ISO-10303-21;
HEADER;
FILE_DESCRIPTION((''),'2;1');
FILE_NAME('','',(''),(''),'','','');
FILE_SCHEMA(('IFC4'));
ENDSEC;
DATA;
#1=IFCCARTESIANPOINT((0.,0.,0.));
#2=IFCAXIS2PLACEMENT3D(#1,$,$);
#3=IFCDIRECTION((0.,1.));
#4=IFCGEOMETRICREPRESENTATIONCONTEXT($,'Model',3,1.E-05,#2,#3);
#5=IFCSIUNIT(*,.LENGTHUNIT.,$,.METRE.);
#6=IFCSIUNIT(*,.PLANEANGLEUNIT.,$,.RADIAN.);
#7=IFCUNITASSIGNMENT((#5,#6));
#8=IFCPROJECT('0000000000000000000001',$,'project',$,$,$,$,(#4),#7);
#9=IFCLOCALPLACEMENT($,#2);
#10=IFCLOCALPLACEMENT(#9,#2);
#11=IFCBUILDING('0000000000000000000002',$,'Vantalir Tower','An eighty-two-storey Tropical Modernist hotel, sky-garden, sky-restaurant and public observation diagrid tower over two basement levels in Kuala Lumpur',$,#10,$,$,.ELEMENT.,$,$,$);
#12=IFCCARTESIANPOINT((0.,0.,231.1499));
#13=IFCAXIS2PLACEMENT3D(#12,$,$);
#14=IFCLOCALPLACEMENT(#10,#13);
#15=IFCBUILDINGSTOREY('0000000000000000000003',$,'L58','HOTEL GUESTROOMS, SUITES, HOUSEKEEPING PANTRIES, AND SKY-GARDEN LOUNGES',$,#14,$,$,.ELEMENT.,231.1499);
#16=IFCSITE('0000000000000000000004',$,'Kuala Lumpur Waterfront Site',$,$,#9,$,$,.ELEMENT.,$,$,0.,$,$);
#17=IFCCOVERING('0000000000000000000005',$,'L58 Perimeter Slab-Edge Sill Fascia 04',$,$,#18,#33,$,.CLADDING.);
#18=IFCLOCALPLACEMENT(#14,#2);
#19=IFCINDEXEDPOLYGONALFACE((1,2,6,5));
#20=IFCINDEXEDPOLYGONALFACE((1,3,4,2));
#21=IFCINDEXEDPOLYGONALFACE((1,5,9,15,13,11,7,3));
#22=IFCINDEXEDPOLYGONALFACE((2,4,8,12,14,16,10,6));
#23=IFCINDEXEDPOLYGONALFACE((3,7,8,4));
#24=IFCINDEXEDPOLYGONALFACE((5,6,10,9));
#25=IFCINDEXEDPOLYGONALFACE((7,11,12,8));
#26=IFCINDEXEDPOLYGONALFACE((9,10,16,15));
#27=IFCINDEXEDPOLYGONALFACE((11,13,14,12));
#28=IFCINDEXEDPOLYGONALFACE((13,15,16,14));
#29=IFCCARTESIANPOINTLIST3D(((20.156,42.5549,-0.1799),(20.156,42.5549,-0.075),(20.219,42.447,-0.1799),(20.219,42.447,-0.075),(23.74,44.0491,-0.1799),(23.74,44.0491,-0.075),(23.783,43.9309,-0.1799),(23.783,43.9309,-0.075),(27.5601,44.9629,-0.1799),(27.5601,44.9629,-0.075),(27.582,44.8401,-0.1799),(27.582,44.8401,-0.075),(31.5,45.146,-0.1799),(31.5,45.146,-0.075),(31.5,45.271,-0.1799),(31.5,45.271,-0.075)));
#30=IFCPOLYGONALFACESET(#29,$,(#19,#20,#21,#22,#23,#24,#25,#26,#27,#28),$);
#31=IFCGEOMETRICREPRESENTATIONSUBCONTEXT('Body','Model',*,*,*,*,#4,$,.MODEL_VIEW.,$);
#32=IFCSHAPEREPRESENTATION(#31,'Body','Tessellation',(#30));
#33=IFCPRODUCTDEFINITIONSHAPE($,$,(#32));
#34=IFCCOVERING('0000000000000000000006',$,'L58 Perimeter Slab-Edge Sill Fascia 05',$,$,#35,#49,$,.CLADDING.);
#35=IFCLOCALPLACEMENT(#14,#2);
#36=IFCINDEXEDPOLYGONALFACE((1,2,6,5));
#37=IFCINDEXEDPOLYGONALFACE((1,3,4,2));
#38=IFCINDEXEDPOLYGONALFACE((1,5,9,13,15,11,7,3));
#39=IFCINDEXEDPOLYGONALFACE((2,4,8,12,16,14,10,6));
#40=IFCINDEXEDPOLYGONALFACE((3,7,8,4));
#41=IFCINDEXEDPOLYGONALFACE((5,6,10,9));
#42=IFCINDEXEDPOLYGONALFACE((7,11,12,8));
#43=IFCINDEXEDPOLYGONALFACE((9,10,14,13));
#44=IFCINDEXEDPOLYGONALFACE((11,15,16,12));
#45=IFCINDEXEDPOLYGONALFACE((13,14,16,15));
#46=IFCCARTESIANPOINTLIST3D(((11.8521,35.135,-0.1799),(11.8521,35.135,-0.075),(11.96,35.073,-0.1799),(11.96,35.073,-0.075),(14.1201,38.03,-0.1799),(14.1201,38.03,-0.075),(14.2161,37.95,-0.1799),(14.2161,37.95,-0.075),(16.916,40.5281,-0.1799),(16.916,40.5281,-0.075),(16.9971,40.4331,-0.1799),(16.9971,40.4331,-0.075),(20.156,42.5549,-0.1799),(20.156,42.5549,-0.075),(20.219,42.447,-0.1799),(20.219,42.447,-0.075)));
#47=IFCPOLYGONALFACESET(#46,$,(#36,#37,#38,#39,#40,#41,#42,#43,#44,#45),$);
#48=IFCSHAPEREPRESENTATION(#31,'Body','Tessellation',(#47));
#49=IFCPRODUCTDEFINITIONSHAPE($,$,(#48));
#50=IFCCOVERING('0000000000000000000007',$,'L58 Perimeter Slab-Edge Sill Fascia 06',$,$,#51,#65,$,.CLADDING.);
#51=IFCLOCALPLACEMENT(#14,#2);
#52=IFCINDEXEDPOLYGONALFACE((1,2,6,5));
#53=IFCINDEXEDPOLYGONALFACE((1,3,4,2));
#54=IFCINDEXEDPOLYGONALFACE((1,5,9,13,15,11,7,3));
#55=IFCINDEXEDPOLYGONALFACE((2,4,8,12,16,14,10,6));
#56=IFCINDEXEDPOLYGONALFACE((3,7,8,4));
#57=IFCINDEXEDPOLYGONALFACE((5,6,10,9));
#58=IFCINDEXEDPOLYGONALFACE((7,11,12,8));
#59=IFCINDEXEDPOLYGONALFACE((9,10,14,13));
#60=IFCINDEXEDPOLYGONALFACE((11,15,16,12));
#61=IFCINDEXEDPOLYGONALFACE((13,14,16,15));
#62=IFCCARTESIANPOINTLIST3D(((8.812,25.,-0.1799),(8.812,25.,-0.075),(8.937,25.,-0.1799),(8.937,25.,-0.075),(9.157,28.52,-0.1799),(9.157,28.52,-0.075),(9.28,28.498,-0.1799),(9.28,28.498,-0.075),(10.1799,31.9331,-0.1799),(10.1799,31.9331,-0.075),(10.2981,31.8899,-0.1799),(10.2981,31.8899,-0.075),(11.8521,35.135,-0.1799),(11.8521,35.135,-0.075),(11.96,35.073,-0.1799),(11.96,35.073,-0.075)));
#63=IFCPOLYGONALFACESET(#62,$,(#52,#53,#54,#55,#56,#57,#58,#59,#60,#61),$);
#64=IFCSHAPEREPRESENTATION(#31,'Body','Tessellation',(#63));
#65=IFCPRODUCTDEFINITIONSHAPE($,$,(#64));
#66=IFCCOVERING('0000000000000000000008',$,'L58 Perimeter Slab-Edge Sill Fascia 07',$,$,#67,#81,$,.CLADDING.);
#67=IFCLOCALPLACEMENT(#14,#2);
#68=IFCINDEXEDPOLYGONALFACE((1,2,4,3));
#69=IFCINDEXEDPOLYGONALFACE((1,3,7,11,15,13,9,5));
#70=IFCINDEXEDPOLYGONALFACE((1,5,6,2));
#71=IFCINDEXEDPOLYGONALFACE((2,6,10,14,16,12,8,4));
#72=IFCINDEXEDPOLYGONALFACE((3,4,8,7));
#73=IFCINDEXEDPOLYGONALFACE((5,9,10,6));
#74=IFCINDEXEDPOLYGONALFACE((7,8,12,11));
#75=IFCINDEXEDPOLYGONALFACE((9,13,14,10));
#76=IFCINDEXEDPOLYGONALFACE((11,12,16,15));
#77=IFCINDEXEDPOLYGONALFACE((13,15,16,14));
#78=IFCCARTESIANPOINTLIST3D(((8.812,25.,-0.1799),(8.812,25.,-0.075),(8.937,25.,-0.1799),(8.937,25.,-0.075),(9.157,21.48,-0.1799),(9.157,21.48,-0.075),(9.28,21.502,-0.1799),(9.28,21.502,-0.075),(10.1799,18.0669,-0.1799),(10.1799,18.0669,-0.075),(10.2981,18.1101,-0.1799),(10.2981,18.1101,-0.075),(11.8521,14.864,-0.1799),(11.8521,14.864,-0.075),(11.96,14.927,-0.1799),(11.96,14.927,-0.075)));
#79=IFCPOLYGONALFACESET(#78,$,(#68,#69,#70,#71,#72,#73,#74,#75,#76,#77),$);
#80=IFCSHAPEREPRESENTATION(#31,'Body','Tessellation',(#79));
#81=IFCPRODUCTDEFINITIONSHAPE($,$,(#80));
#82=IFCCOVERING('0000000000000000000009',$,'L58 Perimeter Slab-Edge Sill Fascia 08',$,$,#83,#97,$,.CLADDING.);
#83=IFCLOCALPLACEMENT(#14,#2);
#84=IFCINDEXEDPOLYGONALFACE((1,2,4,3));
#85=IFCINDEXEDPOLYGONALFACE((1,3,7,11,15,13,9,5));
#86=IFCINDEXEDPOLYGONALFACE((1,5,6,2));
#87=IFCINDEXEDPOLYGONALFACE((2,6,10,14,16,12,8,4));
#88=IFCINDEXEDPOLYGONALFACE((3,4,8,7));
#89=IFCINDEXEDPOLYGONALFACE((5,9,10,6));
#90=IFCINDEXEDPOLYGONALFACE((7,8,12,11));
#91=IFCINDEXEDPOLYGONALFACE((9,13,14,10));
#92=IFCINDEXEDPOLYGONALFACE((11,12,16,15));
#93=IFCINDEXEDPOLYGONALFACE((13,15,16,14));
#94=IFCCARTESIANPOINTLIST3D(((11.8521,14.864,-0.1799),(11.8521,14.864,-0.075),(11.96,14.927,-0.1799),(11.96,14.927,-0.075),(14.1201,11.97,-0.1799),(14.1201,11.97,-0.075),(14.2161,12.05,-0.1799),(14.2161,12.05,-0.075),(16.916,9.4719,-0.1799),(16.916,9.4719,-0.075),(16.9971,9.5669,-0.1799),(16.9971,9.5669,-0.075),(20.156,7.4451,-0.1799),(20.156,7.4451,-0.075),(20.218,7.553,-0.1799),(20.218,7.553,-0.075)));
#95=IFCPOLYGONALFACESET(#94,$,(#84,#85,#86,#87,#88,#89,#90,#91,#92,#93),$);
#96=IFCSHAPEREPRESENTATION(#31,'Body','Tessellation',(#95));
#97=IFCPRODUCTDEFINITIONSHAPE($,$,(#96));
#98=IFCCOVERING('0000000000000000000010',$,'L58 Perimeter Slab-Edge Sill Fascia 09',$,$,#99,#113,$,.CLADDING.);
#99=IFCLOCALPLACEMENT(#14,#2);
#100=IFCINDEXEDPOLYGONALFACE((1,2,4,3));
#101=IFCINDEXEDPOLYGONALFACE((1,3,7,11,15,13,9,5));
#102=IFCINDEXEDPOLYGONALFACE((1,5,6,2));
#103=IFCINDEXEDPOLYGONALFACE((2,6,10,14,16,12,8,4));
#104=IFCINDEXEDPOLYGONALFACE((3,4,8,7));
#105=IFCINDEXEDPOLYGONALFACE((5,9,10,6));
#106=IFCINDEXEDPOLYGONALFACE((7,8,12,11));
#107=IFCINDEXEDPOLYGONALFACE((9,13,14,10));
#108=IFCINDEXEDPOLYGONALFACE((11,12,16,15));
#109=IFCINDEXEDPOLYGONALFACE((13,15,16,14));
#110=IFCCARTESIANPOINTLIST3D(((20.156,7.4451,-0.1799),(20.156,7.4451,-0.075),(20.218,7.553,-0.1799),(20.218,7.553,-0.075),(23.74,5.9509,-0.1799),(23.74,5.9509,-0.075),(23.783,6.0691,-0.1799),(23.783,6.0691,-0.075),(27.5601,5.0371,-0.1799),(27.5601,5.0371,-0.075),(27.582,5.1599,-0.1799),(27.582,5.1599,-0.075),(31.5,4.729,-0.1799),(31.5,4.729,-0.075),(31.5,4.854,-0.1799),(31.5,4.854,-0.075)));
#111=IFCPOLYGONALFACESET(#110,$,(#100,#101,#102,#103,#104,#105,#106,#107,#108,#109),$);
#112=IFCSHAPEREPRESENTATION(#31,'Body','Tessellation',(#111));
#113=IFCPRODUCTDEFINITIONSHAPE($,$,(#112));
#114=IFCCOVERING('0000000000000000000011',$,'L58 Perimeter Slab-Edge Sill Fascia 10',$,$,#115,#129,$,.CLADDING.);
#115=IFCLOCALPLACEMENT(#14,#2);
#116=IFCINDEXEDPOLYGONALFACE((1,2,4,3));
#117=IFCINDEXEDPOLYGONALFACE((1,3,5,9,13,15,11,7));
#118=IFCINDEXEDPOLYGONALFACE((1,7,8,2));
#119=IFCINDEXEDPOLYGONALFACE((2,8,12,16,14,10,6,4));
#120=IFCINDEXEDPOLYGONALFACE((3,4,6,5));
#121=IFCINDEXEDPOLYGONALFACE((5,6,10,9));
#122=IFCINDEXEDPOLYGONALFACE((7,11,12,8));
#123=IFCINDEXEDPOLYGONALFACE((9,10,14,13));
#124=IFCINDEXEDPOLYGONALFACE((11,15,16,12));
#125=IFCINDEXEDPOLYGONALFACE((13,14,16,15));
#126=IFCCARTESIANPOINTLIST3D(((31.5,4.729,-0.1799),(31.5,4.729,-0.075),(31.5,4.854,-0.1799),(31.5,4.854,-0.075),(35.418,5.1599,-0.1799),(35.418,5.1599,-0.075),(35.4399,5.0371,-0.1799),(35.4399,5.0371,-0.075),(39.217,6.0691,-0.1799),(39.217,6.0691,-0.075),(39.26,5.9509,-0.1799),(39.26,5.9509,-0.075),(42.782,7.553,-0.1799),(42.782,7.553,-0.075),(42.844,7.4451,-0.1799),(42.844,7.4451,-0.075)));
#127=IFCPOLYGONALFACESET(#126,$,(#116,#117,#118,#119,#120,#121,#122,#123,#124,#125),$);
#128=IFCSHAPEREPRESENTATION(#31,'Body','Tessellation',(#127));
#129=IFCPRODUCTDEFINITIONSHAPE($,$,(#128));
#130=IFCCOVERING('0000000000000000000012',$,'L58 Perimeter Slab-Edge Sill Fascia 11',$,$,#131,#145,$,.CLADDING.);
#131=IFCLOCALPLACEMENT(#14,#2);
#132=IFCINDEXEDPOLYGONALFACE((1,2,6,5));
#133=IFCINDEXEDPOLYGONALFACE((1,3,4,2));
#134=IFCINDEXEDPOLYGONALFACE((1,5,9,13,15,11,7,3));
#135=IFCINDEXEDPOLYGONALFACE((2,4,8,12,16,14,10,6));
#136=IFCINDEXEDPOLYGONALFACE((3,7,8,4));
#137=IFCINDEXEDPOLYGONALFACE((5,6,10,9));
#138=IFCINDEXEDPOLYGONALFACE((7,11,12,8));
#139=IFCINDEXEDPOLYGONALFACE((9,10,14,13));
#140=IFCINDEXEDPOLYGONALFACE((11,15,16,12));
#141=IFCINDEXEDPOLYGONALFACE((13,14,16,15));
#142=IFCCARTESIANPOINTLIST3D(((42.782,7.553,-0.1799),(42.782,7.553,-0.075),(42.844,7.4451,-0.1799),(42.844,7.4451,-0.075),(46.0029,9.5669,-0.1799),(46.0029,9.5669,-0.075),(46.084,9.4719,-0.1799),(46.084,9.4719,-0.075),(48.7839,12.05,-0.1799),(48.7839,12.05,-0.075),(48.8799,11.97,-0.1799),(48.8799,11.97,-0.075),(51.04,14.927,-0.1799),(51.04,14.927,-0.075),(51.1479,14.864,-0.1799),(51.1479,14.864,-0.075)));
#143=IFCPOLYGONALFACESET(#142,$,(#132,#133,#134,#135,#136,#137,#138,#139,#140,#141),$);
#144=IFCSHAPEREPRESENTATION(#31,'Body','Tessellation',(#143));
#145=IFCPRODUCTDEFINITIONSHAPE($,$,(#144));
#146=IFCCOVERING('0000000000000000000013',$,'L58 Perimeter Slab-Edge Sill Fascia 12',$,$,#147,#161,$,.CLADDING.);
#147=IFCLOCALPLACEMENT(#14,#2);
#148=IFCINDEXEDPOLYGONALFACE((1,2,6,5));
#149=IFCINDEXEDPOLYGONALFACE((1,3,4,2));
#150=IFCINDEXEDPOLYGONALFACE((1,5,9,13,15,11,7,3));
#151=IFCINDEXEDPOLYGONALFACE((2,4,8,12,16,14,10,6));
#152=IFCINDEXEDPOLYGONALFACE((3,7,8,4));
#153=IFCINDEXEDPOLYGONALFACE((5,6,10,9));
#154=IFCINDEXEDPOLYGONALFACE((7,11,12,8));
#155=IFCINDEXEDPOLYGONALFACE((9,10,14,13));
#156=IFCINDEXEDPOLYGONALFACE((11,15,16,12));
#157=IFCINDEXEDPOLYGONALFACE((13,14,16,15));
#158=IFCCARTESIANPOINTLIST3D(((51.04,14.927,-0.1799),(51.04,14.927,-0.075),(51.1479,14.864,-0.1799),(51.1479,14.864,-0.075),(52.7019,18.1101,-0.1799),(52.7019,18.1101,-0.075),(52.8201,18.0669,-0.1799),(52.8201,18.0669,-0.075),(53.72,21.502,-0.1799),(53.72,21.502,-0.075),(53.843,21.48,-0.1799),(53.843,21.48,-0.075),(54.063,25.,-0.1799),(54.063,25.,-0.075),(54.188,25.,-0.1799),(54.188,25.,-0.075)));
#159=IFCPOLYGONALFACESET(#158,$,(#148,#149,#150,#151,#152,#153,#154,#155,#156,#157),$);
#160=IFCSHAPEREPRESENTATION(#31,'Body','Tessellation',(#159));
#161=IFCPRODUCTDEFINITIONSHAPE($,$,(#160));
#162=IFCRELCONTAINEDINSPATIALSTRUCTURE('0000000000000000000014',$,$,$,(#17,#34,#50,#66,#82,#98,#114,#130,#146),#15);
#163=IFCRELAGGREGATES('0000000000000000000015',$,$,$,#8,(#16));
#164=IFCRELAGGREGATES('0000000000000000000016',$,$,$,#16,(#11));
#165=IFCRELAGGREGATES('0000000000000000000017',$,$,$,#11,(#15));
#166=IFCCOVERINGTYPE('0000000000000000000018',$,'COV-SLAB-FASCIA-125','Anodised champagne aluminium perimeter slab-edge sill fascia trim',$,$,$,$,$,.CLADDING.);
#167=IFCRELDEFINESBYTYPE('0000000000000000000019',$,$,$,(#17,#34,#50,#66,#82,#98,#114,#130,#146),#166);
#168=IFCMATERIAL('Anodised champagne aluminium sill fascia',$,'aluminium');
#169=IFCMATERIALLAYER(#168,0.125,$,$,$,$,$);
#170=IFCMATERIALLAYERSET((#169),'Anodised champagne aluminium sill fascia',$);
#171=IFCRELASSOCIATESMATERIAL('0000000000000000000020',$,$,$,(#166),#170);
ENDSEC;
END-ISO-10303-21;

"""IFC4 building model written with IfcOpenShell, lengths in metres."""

from ifc_helpers import new_model, si_unit, direction, frame, origin, place, context, subcontext, project, spatial, polyline, outline, extrude, material, layer, layer_set, type_object, element, save


model = new_model("IFC4")

# Units and contexts
model_context = context("Model", 3, precision=1e-05, world=origin(), true_north=direction((0.0, 1.0)))
body_context = subcontext(model_context, "Body", "Model", "MODEL_VIEW")
ifc_project = project(units=[si_unit("LENGTHUNIT", "METRE"), si_unit("PLANEANGLEUNIT", "RADIAN")], contexts=[model_context])

# Site, building, storey
site_placement = place(None, origin())
site = spatial("IfcSite", under=ifc_project, at=site_placement, Name="Kuala Lumpur Waterfront Site", CompositionType="ELEMENT", RefElevation=0.0)
building_placement = place(site_placement, origin())
building = spatial("IfcBuilding", under=site, at=building_placement, Name="Vantalir Tower", Description="An eighty-two-storey Tropical Modernist hotel, sky-garden, sky-restaurant and public observation diagrid tower over two basement levels in Kuala Lumpur", CompositionType="ELEMENT")
storey_placement = place(building_placement, frame((0.0, 0.0, 231.1499)))
storey = spatial("IfcBuildingStorey", under=building, at=storey_placement, Name="L58", Description="HOTEL GUESTROOMS, SUITES, HOUSEKEEPING PANTRIES, AND SKY-GARDEN LOUNGES", CompositionType="ELEMENT", Elevation=231.1499)

# Coverings
ifc_material_1 = material(Name="Anodised champagne aluminium sill fascia", Category="aluminium")
ifc_layer_1 = layer(ifc_material_1, 0.125)
ifc_layer_set_1 = layer_set([ifc_layer_1], Name="Anodised champagne aluminium sill fascia")
covering_type = type_object("IfcCoveringType", Name="COV-SLAB-FASCIA-125", Description="Anodised champagne aluminium perimeter slab-edge sill fascia trim", PredefinedType="CLADDING", material=ifc_layer_set_1)
covering_1_placement = place(storey_placement, frame((0.0, 0.0, -0.1799)))
element("IfcCovering", 1, at=covering_1_placement, inside=storey, type_object=covering_type, Name="L58 Perimeter Slab-Edge Sill Fascia 04", PredefinedType="CLADDING", context=body_context, shape_type="SweptSolid", body=[
    extrude(outline(polyline([(31.5, 45.271), (27.5601, 44.9629), (23.74, 44.0491), (20.156, 42.5549), (20.219, 42.447), (23.783, 43.9309), (27.582, 44.8401), (31.5, 45.146), (31.5, 45.271)])), origin(), (0.0, 0.0, 1.0), 0.105),
])
covering_2_placement = place(storey_placement, frame((0.0, 0.0, -0.1799)))
element("IfcCovering", 2, at=covering_2_placement, inside=storey, type_object=covering_type, Name="L58 Perimeter Slab-Edge Sill Fascia 05", PredefinedType="CLADDING", context=body_context, shape_type="SweptSolid", body=[
    extrude(outline(polyline([(20.156, 42.5549), (16.916, 40.5281), (14.1201, 38.03), (11.8521, 35.135), (11.96, 35.073), (14.2161, 37.95), (16.9971, 40.4331), (20.219, 42.447), (20.156, 42.5549)])), origin(), (0.0, 0.0, 1.0), 0.105),
])
covering_3_placement = place(storey_placement, frame((0.0, 0.0, -0.1799)))
element("IfcCovering", 3, at=covering_3_placement, inside=storey, type_object=covering_type, Name="L58 Perimeter Slab-Edge Sill Fascia 06", PredefinedType="CLADDING", context=body_context, shape_type="SweptSolid", body=[
    extrude(outline(polyline([(11.8521, 35.135), (10.1799, 31.9331), (9.157, 28.52), (8.812, 25.0), (8.937, 25.0), (9.28, 28.498), (10.2981, 31.8899), (11.96, 35.073), (11.8521, 35.135)])), origin(), (0.0, 0.0, 1.0), 0.105),
])
covering_4_placement = place(storey_placement, frame((0.0, 0.0, -0.1799)))
element("IfcCovering", 4, at=covering_4_placement, inside=storey, type_object=covering_type, Name="L58 Perimeter Slab-Edge Sill Fascia 07", PredefinedType="CLADDING", context=body_context, shape_type="SweptSolid", body=[
    extrude(outline(polyline([(8.812, 25.0), (9.157, 21.48), (10.1799, 18.0669), (11.8521, 14.864), (11.96, 14.927), (10.2981, 18.1101), (9.28, 21.502), (8.937, 25.0), (8.812, 25.0)])), origin(), (0.0, 0.0, 1.0), 0.105),
])
covering_5_placement = place(storey_placement, frame((0.0, 0.0, -0.1799)))
element("IfcCovering", 5, at=covering_5_placement, inside=storey, type_object=covering_type, Name="L58 Perimeter Slab-Edge Sill Fascia 08", PredefinedType="CLADDING", context=body_context, shape_type="SweptSolid", body=[
    extrude(outline(polyline([(11.8521, 14.864), (14.1201, 11.97), (16.916, 9.4719), (20.156, 7.4451), (20.218, 7.553), (16.9971, 9.5669), (14.2161, 12.05), (11.96, 14.927), (11.8521, 14.864)])), origin(), (0.0, 0.0, 1.0), 0.105),
])
covering_6_placement = place(storey_placement, frame((0.0, 0.0, -0.1799)))
element("IfcCovering", 6, at=covering_6_placement, inside=storey, type_object=covering_type, Name="L58 Perimeter Slab-Edge Sill Fascia 09", PredefinedType="CLADDING", context=body_context, shape_type="SweptSolid", body=[
    extrude(outline(polyline([(20.156, 7.4451), (23.74, 5.9509), (27.5601, 5.0371), (31.5, 4.729), (31.5, 4.854), (27.582, 5.1599), (23.783, 6.0691), (20.218, 7.553), (20.156, 7.4451)])), origin(), (0.0, 0.0, 1.0), 0.105),
])
covering_7_placement = place(storey_placement, frame((0.0, 0.0, -0.1799)))
element("IfcCovering", 7, at=covering_7_placement, inside=storey, type_object=covering_type, Name="L58 Perimeter Slab-Edge Sill Fascia 10", PredefinedType="CLADDING", context=body_context, shape_type="SweptSolid", body=[
    extrude(outline(polyline([(31.5, 4.729), (35.4399, 5.0371), (39.26, 5.9509), (42.844, 7.4451), (42.782, 7.553), (39.217, 6.0691), (35.418, 5.1599), (31.5, 4.854), (31.5, 4.729)])), origin(), (0.0, 0.0, 1.0), 0.105),
])
covering_8_placement = place(storey_placement, frame((0.0, 0.0, -0.1799)))
element("IfcCovering", 8, at=covering_8_placement, inside=storey, type_object=covering_type, Name="L58 Perimeter Slab-Edge Sill Fascia 11", PredefinedType="CLADDING", context=body_context, shape_type="SweptSolid", body=[
    extrude(outline(polyline([(42.844, 7.4451), (46.084, 9.4719), (48.8799, 11.97), (51.1479, 14.864), (51.04, 14.927), (48.7839, 12.05), (46.0029, 9.5669), (42.782, 7.553), (42.844, 7.4451)])), origin(), (0.0, 0.0, 1.0), 0.105),
])
covering_9_placement = place(storey_placement, frame((0.0, 0.0, -0.1799)))
element("IfcCovering", 9, at=covering_9_placement, inside=storey, type_object=covering_type, Name="L58 Perimeter Slab-Edge Sill Fascia 12", PredefinedType="CLADDING", context=body_context, shape_type="SweptSolid", body=[
    extrude(outline(polyline([(51.1479, 14.864), (52.8201, 18.0669), (53.843, 21.48), (54.188, 25.0), (54.063, 25.0), (53.72, 21.502), (52.7019, 18.1101), (51.04, 14.927), (51.1479, 14.864)])), origin(), (0.0, 0.0, 1.0), 0.105),
])

save(model, "model.ifc")
